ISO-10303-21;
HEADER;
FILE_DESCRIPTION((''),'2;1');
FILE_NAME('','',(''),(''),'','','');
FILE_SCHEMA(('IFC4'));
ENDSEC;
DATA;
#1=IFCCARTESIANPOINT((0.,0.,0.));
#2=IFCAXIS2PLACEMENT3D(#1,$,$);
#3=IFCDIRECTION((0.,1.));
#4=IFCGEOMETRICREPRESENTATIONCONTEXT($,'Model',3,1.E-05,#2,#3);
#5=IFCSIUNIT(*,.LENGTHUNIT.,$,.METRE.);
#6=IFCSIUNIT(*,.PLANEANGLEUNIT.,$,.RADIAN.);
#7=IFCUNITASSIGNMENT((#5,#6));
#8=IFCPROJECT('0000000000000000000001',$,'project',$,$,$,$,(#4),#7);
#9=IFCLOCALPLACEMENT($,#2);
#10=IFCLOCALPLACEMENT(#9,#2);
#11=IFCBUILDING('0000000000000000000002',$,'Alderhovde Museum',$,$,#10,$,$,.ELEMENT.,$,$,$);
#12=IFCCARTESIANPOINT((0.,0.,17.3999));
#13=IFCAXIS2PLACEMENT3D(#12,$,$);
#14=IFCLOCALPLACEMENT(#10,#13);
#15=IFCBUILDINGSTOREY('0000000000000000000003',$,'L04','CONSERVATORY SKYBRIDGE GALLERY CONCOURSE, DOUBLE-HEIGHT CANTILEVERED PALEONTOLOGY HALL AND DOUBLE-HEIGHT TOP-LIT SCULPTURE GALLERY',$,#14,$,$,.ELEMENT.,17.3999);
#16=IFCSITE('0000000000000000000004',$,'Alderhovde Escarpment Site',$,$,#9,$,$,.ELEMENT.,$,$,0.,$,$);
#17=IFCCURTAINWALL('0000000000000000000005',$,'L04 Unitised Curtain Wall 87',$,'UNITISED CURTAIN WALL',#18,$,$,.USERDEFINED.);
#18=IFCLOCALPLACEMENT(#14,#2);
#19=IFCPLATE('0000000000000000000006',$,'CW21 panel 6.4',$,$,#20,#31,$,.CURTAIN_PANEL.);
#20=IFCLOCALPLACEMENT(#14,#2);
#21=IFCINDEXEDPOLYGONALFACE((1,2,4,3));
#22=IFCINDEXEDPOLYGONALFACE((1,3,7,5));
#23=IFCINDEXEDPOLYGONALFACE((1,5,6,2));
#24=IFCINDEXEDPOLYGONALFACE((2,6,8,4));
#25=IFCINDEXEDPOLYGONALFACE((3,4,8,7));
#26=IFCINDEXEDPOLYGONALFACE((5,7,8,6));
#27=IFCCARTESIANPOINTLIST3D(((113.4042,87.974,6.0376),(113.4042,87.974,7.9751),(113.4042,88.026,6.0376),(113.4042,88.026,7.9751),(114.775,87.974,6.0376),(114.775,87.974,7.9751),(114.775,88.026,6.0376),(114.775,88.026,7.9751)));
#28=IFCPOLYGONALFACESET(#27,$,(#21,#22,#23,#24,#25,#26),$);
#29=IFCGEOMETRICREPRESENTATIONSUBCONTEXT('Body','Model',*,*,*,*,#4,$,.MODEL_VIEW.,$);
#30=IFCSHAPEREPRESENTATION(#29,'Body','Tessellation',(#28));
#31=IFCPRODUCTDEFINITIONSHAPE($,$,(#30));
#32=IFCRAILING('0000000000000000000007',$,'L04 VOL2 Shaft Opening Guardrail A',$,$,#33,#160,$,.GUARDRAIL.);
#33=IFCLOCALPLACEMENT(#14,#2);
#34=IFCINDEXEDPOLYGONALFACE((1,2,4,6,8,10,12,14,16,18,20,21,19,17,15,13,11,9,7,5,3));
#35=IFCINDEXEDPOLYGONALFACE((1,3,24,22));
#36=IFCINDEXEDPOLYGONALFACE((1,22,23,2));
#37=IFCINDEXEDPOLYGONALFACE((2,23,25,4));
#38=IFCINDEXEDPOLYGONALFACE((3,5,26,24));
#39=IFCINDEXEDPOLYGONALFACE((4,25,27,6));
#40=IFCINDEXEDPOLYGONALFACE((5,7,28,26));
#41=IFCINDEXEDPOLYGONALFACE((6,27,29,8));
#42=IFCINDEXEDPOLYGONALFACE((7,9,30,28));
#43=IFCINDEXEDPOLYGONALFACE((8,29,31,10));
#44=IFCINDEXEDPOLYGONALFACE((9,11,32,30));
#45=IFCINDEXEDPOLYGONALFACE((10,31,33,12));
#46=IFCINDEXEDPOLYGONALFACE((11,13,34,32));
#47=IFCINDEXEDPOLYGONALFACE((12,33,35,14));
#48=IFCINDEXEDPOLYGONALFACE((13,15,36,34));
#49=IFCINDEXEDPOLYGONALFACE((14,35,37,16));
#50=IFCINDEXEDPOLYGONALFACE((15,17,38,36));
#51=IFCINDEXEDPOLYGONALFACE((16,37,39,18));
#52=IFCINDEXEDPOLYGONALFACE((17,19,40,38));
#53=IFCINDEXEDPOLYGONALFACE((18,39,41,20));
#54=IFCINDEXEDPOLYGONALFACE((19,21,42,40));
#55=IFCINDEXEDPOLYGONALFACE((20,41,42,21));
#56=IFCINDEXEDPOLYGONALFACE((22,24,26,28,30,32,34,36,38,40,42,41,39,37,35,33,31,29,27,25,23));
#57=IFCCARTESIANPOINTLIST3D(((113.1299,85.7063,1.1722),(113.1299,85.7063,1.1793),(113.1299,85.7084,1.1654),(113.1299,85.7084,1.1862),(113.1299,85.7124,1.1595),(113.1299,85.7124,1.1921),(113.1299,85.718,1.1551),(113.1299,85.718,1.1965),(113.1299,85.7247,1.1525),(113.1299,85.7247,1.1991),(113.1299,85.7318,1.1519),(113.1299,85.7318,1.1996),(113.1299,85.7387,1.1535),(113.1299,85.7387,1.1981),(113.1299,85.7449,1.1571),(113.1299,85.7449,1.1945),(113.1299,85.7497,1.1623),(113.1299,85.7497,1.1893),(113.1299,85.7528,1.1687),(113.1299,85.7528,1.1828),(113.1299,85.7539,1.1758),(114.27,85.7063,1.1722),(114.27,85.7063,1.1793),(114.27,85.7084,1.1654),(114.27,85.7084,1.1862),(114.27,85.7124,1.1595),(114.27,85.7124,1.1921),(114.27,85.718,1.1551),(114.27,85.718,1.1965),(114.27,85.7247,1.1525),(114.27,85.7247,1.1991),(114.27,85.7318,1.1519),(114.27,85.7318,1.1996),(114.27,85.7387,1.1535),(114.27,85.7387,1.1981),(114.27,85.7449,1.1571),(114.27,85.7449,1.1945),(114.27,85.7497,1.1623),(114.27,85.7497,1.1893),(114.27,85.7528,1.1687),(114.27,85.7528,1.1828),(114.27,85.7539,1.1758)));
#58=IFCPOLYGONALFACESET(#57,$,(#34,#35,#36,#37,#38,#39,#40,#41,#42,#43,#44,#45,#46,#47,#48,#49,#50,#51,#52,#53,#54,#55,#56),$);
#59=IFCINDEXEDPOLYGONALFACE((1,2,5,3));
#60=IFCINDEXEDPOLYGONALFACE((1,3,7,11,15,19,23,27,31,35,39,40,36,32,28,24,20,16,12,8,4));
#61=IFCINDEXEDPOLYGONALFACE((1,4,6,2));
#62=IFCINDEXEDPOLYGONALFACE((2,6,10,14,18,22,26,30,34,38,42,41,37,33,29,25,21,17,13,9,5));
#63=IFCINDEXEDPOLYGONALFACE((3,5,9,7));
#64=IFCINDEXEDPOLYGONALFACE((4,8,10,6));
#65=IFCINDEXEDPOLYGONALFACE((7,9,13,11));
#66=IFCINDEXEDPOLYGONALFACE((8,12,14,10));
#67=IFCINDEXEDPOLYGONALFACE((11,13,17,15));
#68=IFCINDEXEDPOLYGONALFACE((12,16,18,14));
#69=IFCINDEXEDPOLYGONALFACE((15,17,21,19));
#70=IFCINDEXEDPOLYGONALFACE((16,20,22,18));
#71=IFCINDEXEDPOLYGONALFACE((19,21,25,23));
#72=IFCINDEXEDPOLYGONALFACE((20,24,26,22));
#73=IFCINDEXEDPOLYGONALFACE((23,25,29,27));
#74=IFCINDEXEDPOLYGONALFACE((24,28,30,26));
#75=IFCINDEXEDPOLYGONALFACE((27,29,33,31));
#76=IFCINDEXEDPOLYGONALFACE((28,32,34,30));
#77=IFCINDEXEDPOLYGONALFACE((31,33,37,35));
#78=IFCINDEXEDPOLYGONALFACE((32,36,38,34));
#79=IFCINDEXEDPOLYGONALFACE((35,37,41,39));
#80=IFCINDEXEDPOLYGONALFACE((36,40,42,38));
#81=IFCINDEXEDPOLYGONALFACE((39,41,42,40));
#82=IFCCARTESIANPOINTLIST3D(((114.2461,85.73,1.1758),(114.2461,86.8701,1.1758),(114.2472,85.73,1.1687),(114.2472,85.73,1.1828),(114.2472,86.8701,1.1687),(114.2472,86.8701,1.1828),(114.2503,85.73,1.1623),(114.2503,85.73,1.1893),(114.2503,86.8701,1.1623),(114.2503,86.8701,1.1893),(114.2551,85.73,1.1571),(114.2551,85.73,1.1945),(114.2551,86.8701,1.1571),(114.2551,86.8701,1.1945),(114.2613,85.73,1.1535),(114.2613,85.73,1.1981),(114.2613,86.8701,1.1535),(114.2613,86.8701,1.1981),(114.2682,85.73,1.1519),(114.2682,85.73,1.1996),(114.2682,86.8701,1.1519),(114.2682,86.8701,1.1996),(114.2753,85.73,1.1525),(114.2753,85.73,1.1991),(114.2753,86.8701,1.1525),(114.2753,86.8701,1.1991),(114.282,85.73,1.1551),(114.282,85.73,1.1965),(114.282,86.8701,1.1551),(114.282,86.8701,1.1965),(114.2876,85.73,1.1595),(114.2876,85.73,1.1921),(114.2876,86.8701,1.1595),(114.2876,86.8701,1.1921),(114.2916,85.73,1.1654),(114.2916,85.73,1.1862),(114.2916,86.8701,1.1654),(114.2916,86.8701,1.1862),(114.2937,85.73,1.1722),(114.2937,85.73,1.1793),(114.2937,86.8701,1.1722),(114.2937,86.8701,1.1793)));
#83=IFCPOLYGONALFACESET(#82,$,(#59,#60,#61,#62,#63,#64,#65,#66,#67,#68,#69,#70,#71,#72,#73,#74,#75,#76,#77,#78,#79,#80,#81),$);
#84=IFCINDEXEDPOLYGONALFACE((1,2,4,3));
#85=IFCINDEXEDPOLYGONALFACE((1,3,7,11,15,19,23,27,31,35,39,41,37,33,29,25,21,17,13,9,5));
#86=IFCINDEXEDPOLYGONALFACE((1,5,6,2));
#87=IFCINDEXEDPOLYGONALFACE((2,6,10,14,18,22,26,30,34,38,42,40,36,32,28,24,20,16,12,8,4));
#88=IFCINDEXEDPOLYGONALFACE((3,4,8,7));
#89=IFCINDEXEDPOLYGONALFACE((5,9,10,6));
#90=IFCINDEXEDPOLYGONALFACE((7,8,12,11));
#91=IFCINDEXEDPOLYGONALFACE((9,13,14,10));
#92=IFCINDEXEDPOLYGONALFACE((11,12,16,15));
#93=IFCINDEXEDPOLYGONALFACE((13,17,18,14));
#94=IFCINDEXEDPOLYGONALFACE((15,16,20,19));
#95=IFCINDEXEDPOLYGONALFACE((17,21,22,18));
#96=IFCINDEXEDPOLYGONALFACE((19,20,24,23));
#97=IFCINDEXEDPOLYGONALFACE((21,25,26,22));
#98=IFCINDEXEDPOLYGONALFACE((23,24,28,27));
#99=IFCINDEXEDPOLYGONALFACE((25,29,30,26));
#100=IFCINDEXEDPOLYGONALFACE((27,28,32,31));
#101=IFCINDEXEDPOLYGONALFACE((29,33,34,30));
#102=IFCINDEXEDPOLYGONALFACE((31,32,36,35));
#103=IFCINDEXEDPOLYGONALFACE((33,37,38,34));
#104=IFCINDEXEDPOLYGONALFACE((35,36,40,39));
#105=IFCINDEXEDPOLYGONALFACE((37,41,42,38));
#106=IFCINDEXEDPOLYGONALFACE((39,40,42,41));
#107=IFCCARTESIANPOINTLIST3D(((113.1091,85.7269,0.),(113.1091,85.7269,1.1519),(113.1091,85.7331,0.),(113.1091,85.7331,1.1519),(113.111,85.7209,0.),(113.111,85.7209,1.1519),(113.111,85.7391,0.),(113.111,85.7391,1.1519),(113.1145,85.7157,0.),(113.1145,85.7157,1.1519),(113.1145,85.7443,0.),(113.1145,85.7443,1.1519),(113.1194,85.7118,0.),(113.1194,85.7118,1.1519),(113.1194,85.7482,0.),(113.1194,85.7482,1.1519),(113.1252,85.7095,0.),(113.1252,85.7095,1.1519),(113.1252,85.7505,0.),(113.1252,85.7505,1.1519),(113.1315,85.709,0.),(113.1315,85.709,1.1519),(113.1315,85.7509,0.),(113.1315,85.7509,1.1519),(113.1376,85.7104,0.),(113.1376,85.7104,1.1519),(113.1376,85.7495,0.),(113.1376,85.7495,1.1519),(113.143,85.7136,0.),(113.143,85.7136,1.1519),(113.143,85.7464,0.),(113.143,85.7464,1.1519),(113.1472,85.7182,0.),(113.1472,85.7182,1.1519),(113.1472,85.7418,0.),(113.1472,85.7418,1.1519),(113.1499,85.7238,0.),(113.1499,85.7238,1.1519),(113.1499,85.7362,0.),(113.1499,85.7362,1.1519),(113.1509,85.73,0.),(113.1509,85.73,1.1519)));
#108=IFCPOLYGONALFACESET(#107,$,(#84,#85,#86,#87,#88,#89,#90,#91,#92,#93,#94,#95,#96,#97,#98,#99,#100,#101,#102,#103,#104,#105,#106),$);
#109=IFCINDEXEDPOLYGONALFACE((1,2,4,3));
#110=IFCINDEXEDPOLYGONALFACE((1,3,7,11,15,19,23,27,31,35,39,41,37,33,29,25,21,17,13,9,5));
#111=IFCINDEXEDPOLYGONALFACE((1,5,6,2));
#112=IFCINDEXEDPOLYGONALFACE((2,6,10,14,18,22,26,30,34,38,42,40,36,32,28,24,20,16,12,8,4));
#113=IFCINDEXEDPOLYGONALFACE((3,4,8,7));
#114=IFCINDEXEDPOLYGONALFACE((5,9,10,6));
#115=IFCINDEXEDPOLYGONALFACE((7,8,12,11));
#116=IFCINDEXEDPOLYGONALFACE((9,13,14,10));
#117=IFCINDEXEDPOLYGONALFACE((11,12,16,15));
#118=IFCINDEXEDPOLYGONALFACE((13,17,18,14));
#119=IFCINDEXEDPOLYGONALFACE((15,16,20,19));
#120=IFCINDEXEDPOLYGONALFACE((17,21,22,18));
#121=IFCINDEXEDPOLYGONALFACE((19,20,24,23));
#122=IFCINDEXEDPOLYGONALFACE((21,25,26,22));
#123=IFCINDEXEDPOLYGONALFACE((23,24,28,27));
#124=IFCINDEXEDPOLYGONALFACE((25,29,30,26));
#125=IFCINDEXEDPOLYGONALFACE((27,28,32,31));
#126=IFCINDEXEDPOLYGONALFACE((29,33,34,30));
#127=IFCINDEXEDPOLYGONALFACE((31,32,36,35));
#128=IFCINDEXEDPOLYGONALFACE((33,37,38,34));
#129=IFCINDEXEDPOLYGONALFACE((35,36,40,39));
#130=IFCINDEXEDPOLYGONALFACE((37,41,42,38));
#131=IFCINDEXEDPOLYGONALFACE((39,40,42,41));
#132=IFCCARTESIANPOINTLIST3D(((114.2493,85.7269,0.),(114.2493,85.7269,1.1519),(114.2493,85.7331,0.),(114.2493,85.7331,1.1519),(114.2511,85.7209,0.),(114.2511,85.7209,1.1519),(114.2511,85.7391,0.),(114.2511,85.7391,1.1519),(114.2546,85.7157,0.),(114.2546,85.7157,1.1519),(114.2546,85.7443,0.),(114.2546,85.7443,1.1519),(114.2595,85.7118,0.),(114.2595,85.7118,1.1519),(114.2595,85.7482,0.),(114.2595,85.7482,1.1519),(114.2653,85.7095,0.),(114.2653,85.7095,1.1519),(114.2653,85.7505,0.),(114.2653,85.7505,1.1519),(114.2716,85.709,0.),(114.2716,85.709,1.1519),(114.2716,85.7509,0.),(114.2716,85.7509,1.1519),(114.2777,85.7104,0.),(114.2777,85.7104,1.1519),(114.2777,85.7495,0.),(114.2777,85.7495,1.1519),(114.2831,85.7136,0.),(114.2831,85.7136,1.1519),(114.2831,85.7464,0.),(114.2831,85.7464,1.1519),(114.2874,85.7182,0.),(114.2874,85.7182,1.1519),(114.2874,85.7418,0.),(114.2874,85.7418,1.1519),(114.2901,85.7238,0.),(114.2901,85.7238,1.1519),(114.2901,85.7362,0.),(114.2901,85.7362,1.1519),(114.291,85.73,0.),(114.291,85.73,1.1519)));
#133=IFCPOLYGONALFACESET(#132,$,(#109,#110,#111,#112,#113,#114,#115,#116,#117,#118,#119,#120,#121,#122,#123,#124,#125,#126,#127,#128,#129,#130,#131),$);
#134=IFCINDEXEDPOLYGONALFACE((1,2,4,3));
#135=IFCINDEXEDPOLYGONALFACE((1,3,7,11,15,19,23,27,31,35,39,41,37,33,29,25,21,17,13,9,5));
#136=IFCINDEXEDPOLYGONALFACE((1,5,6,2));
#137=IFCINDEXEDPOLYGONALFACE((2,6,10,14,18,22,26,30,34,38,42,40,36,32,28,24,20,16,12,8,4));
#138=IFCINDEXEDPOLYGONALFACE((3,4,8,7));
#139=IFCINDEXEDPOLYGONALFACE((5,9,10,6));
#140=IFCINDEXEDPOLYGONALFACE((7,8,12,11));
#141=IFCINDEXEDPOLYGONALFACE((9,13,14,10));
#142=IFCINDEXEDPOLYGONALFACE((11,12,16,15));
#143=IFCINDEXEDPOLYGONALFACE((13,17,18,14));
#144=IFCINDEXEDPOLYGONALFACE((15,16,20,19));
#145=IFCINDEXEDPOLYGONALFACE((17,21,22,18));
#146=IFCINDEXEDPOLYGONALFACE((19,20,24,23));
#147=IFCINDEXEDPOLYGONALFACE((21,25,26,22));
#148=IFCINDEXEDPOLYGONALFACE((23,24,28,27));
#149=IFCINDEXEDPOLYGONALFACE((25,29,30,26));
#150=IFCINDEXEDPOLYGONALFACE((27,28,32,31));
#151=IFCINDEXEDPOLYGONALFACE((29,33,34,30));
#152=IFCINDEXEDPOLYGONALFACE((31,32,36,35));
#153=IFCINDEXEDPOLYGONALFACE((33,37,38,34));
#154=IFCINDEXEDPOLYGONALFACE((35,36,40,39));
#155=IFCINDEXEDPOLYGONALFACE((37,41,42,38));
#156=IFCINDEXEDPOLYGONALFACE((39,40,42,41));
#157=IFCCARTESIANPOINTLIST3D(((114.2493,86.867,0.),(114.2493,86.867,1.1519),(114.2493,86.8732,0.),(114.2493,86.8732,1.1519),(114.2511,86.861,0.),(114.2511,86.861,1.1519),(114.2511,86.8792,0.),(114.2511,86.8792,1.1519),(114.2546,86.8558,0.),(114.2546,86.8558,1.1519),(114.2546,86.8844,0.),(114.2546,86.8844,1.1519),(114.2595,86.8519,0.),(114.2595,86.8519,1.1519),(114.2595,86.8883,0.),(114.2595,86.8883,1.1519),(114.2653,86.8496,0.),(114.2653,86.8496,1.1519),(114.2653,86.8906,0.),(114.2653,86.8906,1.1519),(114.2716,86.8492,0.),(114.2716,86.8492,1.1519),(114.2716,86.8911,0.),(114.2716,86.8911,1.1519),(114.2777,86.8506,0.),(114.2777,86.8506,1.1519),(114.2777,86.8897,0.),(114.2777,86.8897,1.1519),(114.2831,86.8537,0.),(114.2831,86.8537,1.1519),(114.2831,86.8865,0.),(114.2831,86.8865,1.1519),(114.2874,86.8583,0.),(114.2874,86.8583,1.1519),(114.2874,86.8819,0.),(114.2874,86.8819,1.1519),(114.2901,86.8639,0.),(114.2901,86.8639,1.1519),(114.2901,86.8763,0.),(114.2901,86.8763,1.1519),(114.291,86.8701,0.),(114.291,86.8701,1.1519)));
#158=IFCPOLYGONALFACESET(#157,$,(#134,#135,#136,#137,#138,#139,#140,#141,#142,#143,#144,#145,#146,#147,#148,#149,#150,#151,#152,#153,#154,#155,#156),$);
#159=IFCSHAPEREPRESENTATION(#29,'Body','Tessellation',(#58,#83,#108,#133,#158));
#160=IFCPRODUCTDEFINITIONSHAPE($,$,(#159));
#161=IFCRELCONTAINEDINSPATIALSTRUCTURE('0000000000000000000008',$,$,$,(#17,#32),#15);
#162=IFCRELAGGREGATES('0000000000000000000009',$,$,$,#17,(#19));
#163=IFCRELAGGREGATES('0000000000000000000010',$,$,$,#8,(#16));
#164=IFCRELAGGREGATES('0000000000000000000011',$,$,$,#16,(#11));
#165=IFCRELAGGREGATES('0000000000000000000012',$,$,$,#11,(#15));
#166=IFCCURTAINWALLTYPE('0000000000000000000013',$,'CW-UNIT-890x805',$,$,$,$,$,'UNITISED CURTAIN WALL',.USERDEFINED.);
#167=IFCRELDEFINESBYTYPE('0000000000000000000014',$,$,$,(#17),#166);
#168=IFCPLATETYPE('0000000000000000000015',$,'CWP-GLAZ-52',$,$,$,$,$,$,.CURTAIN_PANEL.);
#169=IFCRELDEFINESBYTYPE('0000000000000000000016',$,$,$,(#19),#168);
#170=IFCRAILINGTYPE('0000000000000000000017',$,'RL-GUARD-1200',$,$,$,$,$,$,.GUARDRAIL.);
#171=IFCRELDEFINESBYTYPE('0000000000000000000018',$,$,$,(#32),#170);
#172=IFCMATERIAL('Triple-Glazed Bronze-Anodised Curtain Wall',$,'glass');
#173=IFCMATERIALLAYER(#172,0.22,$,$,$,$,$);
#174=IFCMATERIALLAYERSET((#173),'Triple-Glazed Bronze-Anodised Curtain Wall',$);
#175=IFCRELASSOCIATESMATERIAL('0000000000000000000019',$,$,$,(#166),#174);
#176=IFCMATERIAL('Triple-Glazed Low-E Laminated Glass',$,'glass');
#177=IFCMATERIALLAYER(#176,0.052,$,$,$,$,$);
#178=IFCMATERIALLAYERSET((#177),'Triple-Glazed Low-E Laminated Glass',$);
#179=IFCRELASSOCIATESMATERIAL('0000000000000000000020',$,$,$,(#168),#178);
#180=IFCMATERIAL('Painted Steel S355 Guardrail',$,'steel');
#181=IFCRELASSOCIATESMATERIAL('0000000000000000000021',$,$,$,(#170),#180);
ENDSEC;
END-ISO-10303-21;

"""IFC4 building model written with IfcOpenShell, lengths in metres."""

from ifc_helpers import new_model, si_unit, direction, frame, origin, origin_2d, place, context, subcontext, project, spatial, rectangle, circle, extrude, material, layer, layer_set, type_object, element, aggregate, save


model = new_model("IFC4")

# Units and contexts
model_context = context("Model", 3, precision=1e-05, world=origin(), true_north=direction((0.0, 1.0)))
body_context = subcontext(model_context, "Body", "Model", "MODEL_VIEW")
ifc_project = project(units=[si_unit("LENGTHUNIT", "METRE"), si_unit("PLANEANGLEUNIT", "RADIAN")], contexts=[model_context])

# Site, building, storey
site_placement = place(None, origin())
site = spatial("IfcSite", under=ifc_project, at=site_placement, Name="Alderhovde Escarpment Site", CompositionType="ELEMENT", RefElevation=0.0)
building_placement = place(site_placement, origin())
building = spatial("IfcBuilding", under=site, at=building_placement, Name="Alderhovde Museum", CompositionType="ELEMENT")
storey_placement = place(building_placement, frame((0.0, 0.0, 17.3999)))
storey = spatial("IfcBuildingStorey", under=building, at=storey_placement, Name="L04", Description="CONSERVATORY SKYBRIDGE GALLERY CONCOURSE, DOUBLE-HEIGHT CANTILEVERED PALEONTOLOGY HALL AND DOUBLE-HEIGHT TOP-LIT SCULPTURE GALLERY", CompositionType="ELEMENT", Elevation=17.3999)

# Curtain wall
ifc_material_1 = material(Name="Triple-Glazed Bronze-Anodised Curtain Wall", Category="glass")
ifc_layer_1 = layer(ifc_material_1, 0.22)
ifc_layer_set_1 = layer_set([ifc_layer_1], Name="Triple-Glazed Bronze-Anodised Curtain Wall")
curtain_wall_type = type_object("IfcCurtainWallType", Name="CW-UNIT-890x805", ElementType="UNITISED CURTAIN WALL", PredefinedType="USERDEFINED", material=ifc_layer_set_1)
curtain_wall_placement = place(storey_placement, origin())
curtain_wall = element("IfcCurtainWall", 1, at=curtain_wall_placement, inside=storey, type_object=curtain_wall_type, Name="L04 Unitised Curtain Wall 87", ObjectType="UNITISED CURTAIN WALL", PredefinedType="USERDEFINED")

# Plate
ifc_material_2 = material(Name="Triple-Glazed Low-E Laminated Glass", Category="glass")
ifc_layer_2 = layer(ifc_material_2, 0.052)
ifc_layer_set_2 = layer_set([ifc_layer_2], Name="Triple-Glazed Low-E Laminated Glass")
plate_type = type_object("IfcPlateType", Name="CWP-GLAZ-52", PredefinedType="CURTAIN_PANEL", material=ifc_layer_set_2)
plate_1_placement = place(storey_placement, frame((114.0896, 88.0, 6.0376), z_axis=(0.0, 0.0, 1.0), x_axis=(1.0, 0.0, 0.0)))
plate_1 = element("IfcPlate", 2, at=plate_1_placement, type_object=plate_type, Name="CW21 panel 6.4", PredefinedType="CURTAIN_PANEL", context=body_context, shape_type="SweptSolid", body=[
    extrude(rectangle(XDim=1.3708, YDim=0.052, at=origin_2d()), origin(), (0.0, 0.0, 1.0), 1.9375),
])
aggregate(curtain_wall, [plate_1])

# Railing
ifc_material_3 = material(Name="Painted Steel S355 Guardrail", Category="steel")
railing_type = type_object("IfcRailingType", Name="RL-GUARD-1200", PredefinedType="GUARDRAIL", material=ifc_material_3)
railing_1_placement = place(storey_placement, frame((113.1299, 85.73, 0.0)))
element("IfcRailing", 3, at=railing_1_placement, inside=storey, type_object=railing_type, Name="L04 VOL2 Shaft Opening Guardrail A", PredefinedType="GUARDRAIL", context=body_context, shape_type="SweptSolid", body=[
    extrude(circle(Radius=0.0239, at=origin_2d()), frame((0.0, 0.0, 1.1758), z_axis=(1.0, 0.0, 0.0), x_axis=(0.0, 1.0, 0.0)), (0.0, 0.0, 1.0), 1.1401),
    extrude(circle(Radius=0.0239, at=origin_2d()), frame((1.1401, 0.0, 1.1758), z_axis=(0.0, 1.0, 0.0), x_axis=(-1.0, 0.0, 0.0)), (0.0, 0.0, 1.0), 1.1401),
    extrude(circle(Radius=0.021, at=origin_2d()), origin(), (0.0, 0.0, 1.0), 1.1519),
    extrude(circle(Radius=0.021, at=origin_2d()), frame((1.1401, 0.0, 0.0)), (0.0, 0.0, 1.0), 1.1519),
    extrude(circle(Radius=0.021, at=origin_2d()), frame((1.1401, 1.1401, 0.0)), (0.0, 0.0, 1.0), 1.1519),
])

save(model, "model.ifc")
